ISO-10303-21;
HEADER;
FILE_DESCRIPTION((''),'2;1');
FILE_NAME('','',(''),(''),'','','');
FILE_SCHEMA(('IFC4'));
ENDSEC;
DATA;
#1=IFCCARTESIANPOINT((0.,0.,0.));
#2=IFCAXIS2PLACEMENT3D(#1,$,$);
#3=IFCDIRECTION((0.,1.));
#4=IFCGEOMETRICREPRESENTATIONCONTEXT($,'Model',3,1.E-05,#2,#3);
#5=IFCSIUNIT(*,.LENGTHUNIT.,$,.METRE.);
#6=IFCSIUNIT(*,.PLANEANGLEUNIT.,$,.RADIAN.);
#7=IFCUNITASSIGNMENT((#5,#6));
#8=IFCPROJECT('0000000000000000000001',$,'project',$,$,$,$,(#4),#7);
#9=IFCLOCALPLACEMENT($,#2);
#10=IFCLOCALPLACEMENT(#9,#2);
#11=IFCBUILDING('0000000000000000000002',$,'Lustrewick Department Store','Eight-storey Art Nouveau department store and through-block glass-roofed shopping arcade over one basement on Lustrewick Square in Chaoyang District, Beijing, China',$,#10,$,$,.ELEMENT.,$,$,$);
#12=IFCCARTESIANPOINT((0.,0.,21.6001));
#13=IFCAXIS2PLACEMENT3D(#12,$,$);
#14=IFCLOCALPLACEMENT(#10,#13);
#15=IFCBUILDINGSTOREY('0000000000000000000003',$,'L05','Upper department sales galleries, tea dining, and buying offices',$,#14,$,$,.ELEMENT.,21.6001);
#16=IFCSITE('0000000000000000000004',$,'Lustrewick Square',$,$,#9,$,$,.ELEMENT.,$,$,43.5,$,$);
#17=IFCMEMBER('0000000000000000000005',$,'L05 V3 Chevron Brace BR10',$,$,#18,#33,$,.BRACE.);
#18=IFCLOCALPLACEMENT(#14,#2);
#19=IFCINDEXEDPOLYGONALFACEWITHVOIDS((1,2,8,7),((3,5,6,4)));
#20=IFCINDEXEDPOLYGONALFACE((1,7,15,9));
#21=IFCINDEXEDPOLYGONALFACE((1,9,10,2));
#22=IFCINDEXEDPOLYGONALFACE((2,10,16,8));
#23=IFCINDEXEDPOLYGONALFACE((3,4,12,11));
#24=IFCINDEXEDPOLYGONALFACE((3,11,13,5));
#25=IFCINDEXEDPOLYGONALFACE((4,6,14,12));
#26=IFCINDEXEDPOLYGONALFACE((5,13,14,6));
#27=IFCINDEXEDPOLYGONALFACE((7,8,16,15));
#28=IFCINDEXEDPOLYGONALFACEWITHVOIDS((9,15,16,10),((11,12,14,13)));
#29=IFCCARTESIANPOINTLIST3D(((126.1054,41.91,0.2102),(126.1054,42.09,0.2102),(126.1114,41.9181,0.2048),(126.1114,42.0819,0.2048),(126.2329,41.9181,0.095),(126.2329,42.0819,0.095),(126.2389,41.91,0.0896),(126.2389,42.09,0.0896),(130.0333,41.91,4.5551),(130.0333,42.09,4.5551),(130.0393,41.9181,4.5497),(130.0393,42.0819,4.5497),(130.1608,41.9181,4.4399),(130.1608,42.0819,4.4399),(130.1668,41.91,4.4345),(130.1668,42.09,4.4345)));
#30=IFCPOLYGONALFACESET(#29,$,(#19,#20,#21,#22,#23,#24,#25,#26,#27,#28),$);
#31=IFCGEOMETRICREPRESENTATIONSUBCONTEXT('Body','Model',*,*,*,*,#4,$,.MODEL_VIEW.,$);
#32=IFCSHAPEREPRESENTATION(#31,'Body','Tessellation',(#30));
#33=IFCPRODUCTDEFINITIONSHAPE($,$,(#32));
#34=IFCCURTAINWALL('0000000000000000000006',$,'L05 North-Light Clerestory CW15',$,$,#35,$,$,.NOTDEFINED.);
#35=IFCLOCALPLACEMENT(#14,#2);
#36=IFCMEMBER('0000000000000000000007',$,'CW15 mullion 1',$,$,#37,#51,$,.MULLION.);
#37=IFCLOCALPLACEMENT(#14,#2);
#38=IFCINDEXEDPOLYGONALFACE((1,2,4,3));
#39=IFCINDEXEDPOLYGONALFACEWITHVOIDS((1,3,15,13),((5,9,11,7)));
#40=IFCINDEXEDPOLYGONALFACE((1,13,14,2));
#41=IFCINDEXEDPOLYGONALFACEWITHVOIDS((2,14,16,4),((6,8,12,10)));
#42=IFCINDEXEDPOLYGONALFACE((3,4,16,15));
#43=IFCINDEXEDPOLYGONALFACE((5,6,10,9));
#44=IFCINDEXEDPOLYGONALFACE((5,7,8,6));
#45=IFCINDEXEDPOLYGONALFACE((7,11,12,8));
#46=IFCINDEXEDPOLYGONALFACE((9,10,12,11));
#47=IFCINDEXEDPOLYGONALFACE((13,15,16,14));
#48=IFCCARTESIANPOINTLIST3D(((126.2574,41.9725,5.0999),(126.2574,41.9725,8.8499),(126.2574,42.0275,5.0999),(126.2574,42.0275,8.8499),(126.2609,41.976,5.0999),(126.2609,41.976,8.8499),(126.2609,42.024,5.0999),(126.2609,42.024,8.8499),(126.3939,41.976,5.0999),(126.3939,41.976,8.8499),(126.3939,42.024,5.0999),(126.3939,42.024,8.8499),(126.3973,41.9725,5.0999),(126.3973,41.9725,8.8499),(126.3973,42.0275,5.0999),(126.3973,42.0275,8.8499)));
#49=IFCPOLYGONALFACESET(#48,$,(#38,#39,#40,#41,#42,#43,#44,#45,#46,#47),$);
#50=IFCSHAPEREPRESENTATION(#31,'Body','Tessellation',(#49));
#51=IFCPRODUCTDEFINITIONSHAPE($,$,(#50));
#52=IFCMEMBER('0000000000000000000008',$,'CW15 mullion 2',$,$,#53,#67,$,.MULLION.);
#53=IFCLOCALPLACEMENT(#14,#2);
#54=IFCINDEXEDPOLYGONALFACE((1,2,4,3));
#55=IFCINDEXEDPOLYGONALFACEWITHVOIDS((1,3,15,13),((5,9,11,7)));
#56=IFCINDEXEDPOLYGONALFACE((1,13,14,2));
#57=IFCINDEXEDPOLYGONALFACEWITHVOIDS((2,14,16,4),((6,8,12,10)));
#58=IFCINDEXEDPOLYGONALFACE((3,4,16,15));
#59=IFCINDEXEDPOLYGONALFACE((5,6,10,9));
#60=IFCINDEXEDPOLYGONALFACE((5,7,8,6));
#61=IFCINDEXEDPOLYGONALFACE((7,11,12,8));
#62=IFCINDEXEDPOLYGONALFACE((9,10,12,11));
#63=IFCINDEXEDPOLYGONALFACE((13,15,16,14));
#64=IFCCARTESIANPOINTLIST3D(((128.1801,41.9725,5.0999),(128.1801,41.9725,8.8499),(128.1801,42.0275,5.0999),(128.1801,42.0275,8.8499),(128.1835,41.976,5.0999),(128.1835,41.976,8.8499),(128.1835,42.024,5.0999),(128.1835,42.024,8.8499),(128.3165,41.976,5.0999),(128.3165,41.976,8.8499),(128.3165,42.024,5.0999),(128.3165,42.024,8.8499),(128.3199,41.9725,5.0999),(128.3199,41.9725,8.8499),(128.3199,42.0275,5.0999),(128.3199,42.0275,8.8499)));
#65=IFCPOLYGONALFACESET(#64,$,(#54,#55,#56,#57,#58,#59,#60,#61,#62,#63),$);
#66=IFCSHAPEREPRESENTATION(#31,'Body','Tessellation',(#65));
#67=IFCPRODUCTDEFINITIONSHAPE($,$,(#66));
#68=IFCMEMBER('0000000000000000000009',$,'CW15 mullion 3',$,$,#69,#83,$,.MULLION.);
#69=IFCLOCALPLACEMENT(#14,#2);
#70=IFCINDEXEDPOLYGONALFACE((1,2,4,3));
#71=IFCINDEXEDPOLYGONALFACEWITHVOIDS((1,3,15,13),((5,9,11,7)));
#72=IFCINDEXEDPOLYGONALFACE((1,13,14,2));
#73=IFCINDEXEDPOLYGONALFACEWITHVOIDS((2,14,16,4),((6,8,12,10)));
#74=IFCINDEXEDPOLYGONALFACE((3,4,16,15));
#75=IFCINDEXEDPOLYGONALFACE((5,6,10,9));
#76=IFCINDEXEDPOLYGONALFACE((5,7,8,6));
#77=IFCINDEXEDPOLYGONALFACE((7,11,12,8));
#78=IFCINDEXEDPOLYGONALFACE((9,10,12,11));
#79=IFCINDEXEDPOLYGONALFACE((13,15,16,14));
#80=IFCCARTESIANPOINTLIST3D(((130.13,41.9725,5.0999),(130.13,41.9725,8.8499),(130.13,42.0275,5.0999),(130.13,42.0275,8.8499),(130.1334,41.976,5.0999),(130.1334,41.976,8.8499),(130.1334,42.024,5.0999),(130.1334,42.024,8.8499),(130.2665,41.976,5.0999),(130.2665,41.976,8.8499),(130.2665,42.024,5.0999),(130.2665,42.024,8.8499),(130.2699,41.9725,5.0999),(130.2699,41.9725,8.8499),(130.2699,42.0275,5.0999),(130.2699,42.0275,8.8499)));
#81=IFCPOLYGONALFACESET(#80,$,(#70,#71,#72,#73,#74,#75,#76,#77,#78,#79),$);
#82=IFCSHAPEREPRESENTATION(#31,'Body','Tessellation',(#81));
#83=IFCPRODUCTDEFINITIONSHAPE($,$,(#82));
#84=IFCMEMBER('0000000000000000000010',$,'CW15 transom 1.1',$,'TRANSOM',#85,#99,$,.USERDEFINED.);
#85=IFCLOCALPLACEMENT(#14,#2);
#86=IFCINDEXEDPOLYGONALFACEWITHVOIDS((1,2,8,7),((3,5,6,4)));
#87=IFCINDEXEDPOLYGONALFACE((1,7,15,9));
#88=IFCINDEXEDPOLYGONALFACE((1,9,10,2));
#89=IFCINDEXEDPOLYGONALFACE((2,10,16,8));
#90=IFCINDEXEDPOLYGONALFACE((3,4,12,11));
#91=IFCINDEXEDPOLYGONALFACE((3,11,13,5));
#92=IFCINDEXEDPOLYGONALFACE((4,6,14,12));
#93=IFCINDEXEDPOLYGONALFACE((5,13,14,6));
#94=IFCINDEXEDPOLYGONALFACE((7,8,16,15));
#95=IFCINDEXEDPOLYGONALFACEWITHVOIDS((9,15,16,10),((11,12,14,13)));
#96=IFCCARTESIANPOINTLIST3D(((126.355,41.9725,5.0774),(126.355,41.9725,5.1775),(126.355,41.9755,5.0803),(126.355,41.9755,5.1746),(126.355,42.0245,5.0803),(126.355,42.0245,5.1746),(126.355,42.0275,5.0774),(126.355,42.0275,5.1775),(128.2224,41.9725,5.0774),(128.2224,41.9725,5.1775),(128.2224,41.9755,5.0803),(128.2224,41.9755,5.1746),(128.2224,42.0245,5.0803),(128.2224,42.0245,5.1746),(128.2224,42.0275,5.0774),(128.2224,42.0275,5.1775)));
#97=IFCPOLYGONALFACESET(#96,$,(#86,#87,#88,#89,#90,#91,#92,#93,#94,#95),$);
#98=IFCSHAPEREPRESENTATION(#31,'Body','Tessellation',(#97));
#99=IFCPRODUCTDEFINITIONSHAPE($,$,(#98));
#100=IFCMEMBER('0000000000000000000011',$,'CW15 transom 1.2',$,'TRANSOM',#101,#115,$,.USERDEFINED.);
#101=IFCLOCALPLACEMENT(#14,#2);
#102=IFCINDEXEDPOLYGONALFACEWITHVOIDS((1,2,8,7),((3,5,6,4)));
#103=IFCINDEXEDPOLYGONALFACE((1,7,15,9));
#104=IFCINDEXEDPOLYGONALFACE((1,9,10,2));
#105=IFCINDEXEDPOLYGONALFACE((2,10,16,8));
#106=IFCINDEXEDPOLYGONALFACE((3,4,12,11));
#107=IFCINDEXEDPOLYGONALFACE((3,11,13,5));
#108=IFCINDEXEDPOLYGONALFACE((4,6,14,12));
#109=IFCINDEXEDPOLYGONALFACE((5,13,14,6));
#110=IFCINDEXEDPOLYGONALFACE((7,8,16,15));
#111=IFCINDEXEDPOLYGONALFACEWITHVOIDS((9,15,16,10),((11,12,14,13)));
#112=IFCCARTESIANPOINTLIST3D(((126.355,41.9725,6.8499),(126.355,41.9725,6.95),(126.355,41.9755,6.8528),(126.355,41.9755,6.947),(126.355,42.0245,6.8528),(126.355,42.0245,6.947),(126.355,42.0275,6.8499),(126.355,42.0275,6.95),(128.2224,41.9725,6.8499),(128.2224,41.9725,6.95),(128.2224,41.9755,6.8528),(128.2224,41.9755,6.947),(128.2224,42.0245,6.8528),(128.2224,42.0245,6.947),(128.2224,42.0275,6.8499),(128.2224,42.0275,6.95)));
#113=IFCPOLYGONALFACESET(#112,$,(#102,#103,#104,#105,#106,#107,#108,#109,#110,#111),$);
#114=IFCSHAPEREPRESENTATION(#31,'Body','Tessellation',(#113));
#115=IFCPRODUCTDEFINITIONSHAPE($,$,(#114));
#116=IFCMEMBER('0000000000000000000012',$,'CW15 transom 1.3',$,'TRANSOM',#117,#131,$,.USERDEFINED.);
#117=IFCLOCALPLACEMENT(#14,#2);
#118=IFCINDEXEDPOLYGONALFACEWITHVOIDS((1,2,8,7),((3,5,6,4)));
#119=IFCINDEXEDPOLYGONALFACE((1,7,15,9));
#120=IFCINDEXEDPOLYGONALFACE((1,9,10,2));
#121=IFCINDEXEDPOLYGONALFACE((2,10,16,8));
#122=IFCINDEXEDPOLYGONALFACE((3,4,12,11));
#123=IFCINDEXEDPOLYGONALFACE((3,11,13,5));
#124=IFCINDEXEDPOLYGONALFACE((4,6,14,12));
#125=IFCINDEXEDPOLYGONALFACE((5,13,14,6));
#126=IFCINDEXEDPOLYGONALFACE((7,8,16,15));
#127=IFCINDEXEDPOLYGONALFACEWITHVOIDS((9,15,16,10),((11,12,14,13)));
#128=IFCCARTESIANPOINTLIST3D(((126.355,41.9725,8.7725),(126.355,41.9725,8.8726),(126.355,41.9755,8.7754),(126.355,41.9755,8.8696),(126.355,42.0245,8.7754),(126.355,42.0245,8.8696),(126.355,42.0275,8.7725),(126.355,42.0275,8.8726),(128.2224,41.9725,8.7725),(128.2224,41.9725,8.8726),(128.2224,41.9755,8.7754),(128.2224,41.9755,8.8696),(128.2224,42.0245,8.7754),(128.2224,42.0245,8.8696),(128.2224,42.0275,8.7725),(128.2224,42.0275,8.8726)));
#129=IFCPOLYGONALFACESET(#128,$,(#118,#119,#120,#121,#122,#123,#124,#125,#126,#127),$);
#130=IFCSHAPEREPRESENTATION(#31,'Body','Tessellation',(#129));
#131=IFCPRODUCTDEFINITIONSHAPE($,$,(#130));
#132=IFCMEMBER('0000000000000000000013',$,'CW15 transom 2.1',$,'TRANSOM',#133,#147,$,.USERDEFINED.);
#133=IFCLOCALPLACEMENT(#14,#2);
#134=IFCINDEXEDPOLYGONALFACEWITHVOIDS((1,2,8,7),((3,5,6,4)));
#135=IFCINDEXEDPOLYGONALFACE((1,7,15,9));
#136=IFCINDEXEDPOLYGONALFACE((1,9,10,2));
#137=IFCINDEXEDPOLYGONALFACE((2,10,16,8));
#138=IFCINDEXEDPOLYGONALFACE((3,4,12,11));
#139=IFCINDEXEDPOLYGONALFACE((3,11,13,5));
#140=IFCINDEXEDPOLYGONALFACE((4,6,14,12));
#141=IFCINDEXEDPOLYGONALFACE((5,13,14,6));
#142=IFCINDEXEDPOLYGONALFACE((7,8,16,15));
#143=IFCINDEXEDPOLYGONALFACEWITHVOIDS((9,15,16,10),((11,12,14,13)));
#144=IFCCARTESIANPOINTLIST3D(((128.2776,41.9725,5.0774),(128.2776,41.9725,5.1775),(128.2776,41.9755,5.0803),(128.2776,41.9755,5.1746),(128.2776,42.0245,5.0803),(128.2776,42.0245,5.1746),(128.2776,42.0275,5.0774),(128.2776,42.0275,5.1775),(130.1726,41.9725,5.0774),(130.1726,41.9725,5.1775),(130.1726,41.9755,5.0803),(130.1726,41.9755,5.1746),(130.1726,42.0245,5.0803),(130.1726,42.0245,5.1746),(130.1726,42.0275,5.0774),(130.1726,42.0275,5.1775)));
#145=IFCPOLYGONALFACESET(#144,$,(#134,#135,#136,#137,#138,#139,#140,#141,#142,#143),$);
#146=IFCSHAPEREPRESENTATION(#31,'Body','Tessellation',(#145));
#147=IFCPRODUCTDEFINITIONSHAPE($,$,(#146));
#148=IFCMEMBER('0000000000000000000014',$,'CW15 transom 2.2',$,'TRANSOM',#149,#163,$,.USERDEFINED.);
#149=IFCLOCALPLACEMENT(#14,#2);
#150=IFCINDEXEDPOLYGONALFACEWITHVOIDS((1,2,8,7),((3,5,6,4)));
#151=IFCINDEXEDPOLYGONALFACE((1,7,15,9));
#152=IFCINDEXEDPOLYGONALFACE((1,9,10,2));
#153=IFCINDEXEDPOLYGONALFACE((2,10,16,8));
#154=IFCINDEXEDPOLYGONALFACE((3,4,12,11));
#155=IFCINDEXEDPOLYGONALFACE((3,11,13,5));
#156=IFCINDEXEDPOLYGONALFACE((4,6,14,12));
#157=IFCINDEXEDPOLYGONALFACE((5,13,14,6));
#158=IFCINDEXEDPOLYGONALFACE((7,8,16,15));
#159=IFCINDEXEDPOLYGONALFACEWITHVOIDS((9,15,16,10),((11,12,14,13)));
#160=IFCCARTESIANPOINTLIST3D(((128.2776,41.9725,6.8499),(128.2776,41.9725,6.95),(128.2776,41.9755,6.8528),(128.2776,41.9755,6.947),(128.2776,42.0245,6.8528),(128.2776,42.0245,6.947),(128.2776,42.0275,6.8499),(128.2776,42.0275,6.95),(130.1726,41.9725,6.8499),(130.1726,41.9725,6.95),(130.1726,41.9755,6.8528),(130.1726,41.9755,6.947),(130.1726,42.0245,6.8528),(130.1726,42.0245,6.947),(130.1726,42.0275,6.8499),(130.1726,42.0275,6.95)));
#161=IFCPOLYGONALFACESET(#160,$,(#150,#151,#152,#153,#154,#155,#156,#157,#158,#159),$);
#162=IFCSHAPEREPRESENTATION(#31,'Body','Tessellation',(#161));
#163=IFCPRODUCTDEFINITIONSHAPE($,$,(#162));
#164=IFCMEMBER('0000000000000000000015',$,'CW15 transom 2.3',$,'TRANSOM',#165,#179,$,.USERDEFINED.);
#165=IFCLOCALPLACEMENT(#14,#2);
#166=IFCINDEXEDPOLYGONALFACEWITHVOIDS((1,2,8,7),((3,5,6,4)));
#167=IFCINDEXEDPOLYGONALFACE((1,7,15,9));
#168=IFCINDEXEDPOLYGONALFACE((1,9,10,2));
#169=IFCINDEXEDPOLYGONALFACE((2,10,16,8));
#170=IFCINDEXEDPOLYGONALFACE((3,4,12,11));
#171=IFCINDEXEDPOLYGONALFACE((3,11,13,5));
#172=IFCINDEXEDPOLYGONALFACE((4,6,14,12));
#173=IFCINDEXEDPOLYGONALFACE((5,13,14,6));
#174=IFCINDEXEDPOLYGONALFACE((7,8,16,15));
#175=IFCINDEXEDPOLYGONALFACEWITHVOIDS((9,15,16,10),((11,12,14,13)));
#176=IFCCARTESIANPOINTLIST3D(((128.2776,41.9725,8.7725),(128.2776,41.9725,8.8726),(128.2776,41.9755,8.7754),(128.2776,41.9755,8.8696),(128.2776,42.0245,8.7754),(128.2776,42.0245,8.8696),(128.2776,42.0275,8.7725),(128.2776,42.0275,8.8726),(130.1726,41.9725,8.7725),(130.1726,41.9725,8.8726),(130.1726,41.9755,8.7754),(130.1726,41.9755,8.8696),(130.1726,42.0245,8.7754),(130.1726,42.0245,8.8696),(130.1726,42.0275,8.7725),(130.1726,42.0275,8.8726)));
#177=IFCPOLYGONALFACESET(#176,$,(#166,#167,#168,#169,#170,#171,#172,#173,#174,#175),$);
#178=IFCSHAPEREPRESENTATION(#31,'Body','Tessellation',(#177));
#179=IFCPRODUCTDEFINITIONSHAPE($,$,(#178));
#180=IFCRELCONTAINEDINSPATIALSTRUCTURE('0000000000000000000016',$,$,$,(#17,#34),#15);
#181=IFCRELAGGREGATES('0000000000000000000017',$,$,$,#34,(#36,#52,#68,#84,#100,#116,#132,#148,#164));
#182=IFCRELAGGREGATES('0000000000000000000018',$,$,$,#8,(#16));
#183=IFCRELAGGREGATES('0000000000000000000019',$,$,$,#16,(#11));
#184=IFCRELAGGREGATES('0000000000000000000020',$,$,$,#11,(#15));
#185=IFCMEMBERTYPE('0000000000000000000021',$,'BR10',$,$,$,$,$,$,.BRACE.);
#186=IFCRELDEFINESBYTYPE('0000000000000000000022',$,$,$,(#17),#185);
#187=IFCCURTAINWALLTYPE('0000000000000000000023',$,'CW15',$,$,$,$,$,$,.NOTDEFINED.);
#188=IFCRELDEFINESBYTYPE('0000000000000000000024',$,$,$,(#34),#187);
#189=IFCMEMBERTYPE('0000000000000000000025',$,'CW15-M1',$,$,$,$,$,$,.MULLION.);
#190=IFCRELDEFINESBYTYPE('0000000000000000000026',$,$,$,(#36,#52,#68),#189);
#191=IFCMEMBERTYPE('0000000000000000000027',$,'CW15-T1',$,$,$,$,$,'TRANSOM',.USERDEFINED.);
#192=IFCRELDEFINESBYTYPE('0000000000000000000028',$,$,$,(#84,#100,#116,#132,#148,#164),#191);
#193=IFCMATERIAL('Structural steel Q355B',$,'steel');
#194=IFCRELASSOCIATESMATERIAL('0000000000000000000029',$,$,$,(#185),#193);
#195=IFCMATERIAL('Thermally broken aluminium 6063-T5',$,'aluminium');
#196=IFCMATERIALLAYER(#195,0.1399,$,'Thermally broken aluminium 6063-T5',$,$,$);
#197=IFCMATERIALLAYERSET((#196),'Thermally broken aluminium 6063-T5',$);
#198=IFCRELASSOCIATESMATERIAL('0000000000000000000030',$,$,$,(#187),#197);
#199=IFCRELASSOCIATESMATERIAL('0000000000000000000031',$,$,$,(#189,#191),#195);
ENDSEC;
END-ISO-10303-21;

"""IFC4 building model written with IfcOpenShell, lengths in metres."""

from ifc_helpers import new_model, si_unit, direction, frame, origin, origin_2d, place, context, subcontext, project, spatial, hollow_rectangle, extrude, material, layer, layer_set, material_profile, profile_set, type_object, element, aggregate, save


model = new_model("IFC4")

# Units and contexts
model_context = context("Model", 3, precision=1e-05, world=origin(), true_north=direction((0.0, 1.0)))
body_context = subcontext(model_context, "Body", "Model", "MODEL_VIEW")
ifc_project = project(units=[si_unit("LENGTHUNIT", "METRE"), si_unit("PLANEANGLEUNIT", "RADIAN")], contexts=[model_context])

# Site, building, storey
site_placement = place(None, origin())
site = spatial("IfcSite", under=ifc_project, at=site_placement, Name="Lustrewick Square", CompositionType="ELEMENT", RefElevation=43.5)
building_placement = place(site_placement, origin())
building = spatial("IfcBuilding", under=site, at=building_placement, Name="Lustrewick Department Store", Description="Eight-storey Art Nouveau department store and through-block glass-roofed shopping arcade over one basement on Lustrewick Square in Chaoyang District, Beijing, China", CompositionType="ELEMENT")
storey_placement = place(building_placement, frame((0.0, 0.0, 21.6001)))
storey = spatial("IfcBuildingStorey", under=building, at=storey_placement, Name="L05", Description="Upper department sales galleries, tea dining, and buying offices", CompositionType="ELEMENT", Elevation=21.6001)

# Shared definitions
ifc_material_1 = material(Name="Structural steel Q355B", Category="steel")

# Member
ifc_material_profile_1 = material_profile(ifc_material_1, hollow_rectangle(XDim=0.1799, YDim=0.1799, WallThickness=0.0081, at=origin_2d()), Name="SHS 180x180x8")
ifc_profile_set_1 = profile_set([ifc_material_profile_1], Name="Structural steel Q355B")
member_type_1 = type_object("IfcMemberType", Name="BR10", PredefinedType="BRACE", material=ifc_profile_set_1)
member_1_placement = place(storey_placement, frame((126.1721, 42.0, 0.1499), z_axis=(0.670614, 0.0, 0.741806), x_axis=(0.0, 1.0, 0.0)))
element("IfcMember", 1, at=member_1_placement, inside=storey, type_object=member_type_1, Name="L05 V3 Chevron Brace BR10", PredefinedType="BRACE", context=body_context, shape_type="SweptSolid", body=[
    extrude(hollow_rectangle(XDim=0.1799, YDim=0.1799, WallThickness=0.0081, at=origin_2d()), origin(), (0.0, 0.0, 1.0), 5.8572),
])

# Curtain wall, members
ifc_material_2 = material(Name="Thermally broken aluminium 6063-T5", Category="aluminium")
ifc_layer_1 = layer(ifc_material_2, 0.1399, Name="Thermally broken aluminium 6063-T5")
ifc_layer_set_1 = layer_set([ifc_layer_1], Name="Thermally broken aluminium 6063-T5")
curtain_wall_type = type_object("IfcCurtainWallType", Name="CW15", PredefinedType="NOTDEFINED", material=ifc_layer_set_1)
curtain_wall_placement = place(storey_placement, origin())
curtain_wall = element("IfcCurtainWall", 2, at=curtain_wall_placement, inside=storey, type_object=curtain_wall_type, Name="L05 North-Light Clerestory CW15", PredefinedType="NOTDEFINED")
ifc_material_profile_2 = material_profile(ifc_material_2, hollow_rectangle(XDim=0.0549, YDim=0.1399, WallThickness=0.0034, at=origin_2d()), Name="ALU-M 55x140x3.5")
ifc_profile_set_2 = profile_set([ifc_material_profile_2], Name="Thermally broken aluminium 6063-T5")
member_type_2 = type_object("IfcMemberType", Name="CW15-M1", PredefinedType="MULLION", material=ifc_profile_set_2)
member_2_placement = place(storey_placement, frame((126.3274, 42.0, 5.0999), z_axis=(0.0, 0.0, 1.0), x_axis=(0.0, 1.0, 0.0)))
member_2 = element("IfcMember", 3, at=member_2_placement, type_object=member_type_2, Name="CW15 mullion 1", PredefinedType="MULLION", context=body_context, shape_type="SweptSolid", body=[
    extrude(hollow_rectangle(XDim=0.0549, YDim=0.1399, WallThickness=0.0034, at=origin_2d()), origin(), (0.0, 0.0, 1.0), 3.75),
])
member_3_placement = place(storey_placement, frame((128.25, 42.0, 5.0999), z_axis=(0.0, 0.0, 1.0), x_axis=(0.0, 1.0, 0.0)))
member_3 = element("IfcMember", 4, at=member_3_placement, type_object=member_type_2, Name="CW15 mullion 2", PredefinedType="MULLION", context=body_context, shape_type="SweptSolid", body=[
    extrude(hollow_rectangle(XDim=0.0549, YDim=0.1399, WallThickness=0.0034, at=origin_2d()), origin(), (0.0, 0.0, 1.0), 3.75),
])
member_4_placement = place(storey_placement, frame((130.2, 42.0, 5.0999), z_axis=(0.0, 0.0, 1.0), x_axis=(0.0, 1.0, 0.0)))
member_4 = element("IfcMember", 5, at=member_4_placement, type_object=member_type_2, Name="CW15 mullion 3", PredefinedType="MULLION", context=body_context, shape_type="SweptSolid", body=[
    extrude(hollow_rectangle(XDim=0.0549, YDim=0.1399, WallThickness=0.0034, at=origin_2d()), origin(), (0.0, 0.0, 1.0), 3.75),
])
ifc_material_profile_3 = material_profile(ifc_material_2, hollow_rectangle(XDim=0.0549, YDim=0.1001, WallThickness=0.0029, at=origin_2d()), Name="ALU-T 55x100x3")
ifc_profile_set_3 = profile_set([ifc_material_profile_3], Name="Thermally broken aluminium 6063-T5")
member_type_3 = type_object("IfcMemberType", Name="CW15-T1", ElementType="TRANSOM", PredefinedType="USERDEFINED", material=ifc_profile_set_3)
member_5_placement = place(storey_placement, frame((126.355, 42.0, 5.1274), z_axis=(1.0, 0.0, 0.0), x_axis=(0.0, 1.0, 0.0)))
member_5 = element("IfcMember", 6, at=member_5_placement, type_object=member_type_3, Name="CW15 transom 1.1", ObjectType="TRANSOM", PredefinedType="USERDEFINED", context=body_context, shape_type="SweptSolid", body=[
    extrude(hollow_rectangle(XDim=0.0549, YDim=0.1001, WallThickness=0.0029, at=origin_2d()), origin(), (0.0, 0.0, 1.0), 1.8674),
])
member_6_placement = place(storey_placement, frame((126.355, 42.0, 6.8999), z_axis=(1.0, 0.0, 0.0), x_axis=(0.0, 1.0, 0.0)))
member_6 = element("IfcMember", 7, at=member_6_placement, type_object=member_type_3, Name="CW15 transom 1.2", ObjectType="TRANSOM", PredefinedType="USERDEFINED", context=body_context, shape_type="SweptSolid", body=[
    extrude(hollow_rectangle(XDim=0.0549, YDim=0.1001, WallThickness=0.0029, at=origin_2d()), origin(), (0.0, 0.0, 1.0), 1.8674),
])
member_7_placement = place(storey_placement, frame((126.355, 42.0, 8.8225), z_axis=(1.0, 0.0, 0.0), x_axis=(0.0, 1.0, 0.0)))
member_7 = element("IfcMember", 8, at=member_7_placement, type_object=member_type_3, Name="CW15 transom 1.3", ObjectType="TRANSOM", PredefinedType="USERDEFINED", context=body_context, shape_type="SweptSolid", body=[
    extrude(hollow_rectangle(XDim=0.0549, YDim=0.1001, WallThickness=0.0029, at=origin_2d()), origin(), (0.0, 0.0, 1.0), 1.8674),
])
member_8_placement = place(storey_placement, frame((128.2776, 42.0, 5.1274), z_axis=(1.0, 0.0, 0.0), x_axis=(0.0, 1.0, 0.0)))
member_8 = element("IfcMember", 9, at=member_8_placement, type_object=member_type_3, Name="CW15 transom 2.1", ObjectType="TRANSOM", PredefinedType="USERDEFINED", context=body_context, shape_type="SweptSolid", body=[
    extrude(hollow_rectangle(XDim=0.0549, YDim=0.1001, WallThickness=0.0029, at=origin_2d()), origin(), (0.0, 0.0, 1.0), 1.895),
])
member_9_placement = place(storey_placement, frame((128.2776, 42.0, 6.8999), z_axis=(1.0, 0.0, 0.0), x_axis=(0.0, 1.0, 0.0)))
member_9 = element("IfcMember", 10, at=member_9_placement, type_object=member_type_3, Name="CW15 transom 2.2", ObjectType="TRANSOM", PredefinedType="USERDEFINED", context=body_context, shape_type="SweptSolid", body=[
    extrude(hollow_rectangle(XDim=0.0549, YDim=0.1001, WallThickness=0.0029, at=origin_2d()), origin(), (0.0, 0.0, 1.0), 1.895),
])
member_10_placement = place(storey_placement, frame((128.2776, 42.0, 8.8225), z_axis=(1.0, 0.0, 0.0), x_axis=(0.0, 1.0, 0.0)))
member_10 = element("IfcMember", 11, at=member_10_placement, type_object=member_type_3, Name="CW15 transom 2.3", ObjectType="TRANSOM", PredefinedType="USERDEFINED", context=body_context, shape_type="SweptSolid", body=[
    extrude(hollow_rectangle(XDim=0.0549, YDim=0.1001, WallThickness=0.0029, at=origin_2d()), origin(), (0.0, 0.0, 1.0), 1.895),
])

aggregate(curtain_wall, [member_2, member_3, member_4, member_5, member_6, member_7, member_8, member_9, member_10])

save(model, "model.ifc")
